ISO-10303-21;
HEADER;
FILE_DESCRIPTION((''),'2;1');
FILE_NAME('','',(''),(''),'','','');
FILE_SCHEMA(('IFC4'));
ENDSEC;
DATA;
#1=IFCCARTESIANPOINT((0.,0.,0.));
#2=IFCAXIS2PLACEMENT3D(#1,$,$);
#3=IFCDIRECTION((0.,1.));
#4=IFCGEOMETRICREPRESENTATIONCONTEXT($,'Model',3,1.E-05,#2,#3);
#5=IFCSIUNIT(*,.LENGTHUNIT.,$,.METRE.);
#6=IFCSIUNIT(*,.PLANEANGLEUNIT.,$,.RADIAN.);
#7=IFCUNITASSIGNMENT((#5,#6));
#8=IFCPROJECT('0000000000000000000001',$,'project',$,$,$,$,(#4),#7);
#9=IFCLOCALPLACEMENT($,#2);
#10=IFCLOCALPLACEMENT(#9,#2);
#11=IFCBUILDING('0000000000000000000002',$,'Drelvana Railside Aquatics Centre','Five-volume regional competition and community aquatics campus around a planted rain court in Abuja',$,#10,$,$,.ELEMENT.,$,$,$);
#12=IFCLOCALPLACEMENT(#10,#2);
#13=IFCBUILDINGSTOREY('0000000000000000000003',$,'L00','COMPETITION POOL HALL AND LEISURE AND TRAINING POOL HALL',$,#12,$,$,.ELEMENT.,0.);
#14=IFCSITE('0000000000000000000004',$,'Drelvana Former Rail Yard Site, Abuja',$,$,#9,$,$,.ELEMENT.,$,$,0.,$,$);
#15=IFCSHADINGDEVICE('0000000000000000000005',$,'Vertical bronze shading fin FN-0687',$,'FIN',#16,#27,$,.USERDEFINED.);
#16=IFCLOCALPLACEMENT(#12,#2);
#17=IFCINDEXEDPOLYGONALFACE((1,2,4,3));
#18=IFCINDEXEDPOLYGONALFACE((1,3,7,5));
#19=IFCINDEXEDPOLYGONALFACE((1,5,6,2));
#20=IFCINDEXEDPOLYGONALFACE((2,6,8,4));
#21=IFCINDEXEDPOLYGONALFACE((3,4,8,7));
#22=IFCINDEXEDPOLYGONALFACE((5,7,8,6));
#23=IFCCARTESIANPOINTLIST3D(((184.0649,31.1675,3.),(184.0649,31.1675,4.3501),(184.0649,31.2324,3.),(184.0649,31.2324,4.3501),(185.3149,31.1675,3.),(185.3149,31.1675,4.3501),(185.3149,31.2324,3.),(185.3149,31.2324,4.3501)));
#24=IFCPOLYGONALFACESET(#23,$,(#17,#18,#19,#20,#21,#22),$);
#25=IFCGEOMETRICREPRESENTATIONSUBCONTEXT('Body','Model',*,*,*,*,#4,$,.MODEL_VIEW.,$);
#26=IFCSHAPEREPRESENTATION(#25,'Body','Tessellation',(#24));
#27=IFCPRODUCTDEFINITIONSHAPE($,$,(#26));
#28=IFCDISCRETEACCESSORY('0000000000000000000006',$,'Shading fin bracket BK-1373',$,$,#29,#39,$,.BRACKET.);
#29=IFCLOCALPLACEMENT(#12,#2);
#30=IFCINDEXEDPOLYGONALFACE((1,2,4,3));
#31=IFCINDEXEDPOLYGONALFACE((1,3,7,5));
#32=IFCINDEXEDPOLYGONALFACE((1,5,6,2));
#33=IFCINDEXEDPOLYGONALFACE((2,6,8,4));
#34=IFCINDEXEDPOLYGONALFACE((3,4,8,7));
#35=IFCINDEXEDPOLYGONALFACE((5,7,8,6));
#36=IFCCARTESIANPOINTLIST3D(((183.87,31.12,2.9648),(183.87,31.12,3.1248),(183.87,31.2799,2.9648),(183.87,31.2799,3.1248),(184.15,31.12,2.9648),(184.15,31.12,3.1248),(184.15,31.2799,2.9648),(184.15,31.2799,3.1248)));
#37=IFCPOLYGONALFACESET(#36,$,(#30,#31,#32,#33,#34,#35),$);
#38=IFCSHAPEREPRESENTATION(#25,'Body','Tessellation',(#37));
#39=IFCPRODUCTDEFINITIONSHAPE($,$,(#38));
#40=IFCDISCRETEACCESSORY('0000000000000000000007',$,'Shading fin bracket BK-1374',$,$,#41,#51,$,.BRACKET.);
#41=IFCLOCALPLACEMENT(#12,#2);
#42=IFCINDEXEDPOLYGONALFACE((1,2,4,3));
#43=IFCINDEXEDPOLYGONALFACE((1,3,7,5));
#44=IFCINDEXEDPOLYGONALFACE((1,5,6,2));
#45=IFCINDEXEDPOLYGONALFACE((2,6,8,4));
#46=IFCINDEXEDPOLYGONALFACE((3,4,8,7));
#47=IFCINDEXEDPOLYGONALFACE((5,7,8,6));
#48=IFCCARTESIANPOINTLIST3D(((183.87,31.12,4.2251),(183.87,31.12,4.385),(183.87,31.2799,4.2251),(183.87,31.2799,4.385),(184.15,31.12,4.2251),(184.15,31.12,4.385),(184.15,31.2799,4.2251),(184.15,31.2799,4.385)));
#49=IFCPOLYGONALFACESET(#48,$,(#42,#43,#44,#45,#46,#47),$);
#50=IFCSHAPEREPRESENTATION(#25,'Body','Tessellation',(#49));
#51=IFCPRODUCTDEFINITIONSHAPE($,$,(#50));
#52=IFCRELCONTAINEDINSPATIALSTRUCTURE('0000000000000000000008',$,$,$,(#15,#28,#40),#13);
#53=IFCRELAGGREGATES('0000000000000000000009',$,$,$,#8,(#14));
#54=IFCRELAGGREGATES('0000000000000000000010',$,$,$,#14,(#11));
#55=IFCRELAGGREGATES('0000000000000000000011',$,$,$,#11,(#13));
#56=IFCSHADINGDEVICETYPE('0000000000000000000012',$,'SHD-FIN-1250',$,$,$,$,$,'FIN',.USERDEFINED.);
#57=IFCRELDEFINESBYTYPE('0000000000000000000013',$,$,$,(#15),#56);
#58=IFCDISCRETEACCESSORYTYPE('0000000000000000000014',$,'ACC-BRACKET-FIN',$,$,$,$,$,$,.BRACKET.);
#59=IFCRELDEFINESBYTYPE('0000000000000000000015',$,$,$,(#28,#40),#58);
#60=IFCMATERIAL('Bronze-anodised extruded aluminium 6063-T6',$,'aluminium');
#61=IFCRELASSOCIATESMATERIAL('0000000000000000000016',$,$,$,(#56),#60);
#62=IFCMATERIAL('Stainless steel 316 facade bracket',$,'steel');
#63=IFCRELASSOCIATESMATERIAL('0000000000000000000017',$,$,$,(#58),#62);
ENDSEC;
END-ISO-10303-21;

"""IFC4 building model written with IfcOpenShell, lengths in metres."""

from ifc_helpers import new_model, si_unit, direction, frame, origin, origin_2d, place, context, subcontext, project, spatial, rectangle, extrude, material, type_object, element, save


model = new_model("IFC4")

# Units and contexts
model_context = context("Model", 3, precision=1e-05, world=origin(), true_north=direction((0.0, 1.0)))
body_context = subcontext(model_context, "Body", "Model", "MODEL_VIEW")
ifc_project = project(units=[si_unit("LENGTHUNIT", "METRE"), si_unit("PLANEANGLEUNIT", "RADIAN")], contexts=[model_context])

# Site, building, storey
site_placement = place(None, origin())
site = spatial("IfcSite", under=ifc_project, at=site_placement, Name="Drelvana Former Rail Yard Site, Abuja", CompositionType="ELEMENT", RefElevation=0.0)
building_placement = place(site_placement, origin())
building = spatial("IfcBuilding", under=site, at=building_placement, Name="Drelvana Railside Aquatics Centre", Description="Five-volume regional competition and community aquatics campus around a planted rain court in Abuja", CompositionType="ELEMENT")
storey_placement = place(building_placement, origin())
storey = spatial("IfcBuildingStorey", under=building, at=storey_placement, Name="L00", Description="COMPETITION POOL HALL AND LEISURE AND TRAINING POOL HALL", CompositionType="ELEMENT", Elevation=0.0)

# Shared definitions
ifc_material_1 = material(Name="Bronze-anodised extruded aluminium 6063-T6", Category="aluminium")

# Shading device
shading_device_type = type_object("IfcShadingDeviceType", Name="SHD-FIN-1250", ElementType="FIN", PredefinedType="USERDEFINED", material=ifc_material_1)
for number, where, z_axis, x_axis, name in (
    (1, (184.6899, 31.2, 3.0), (0.0, 0.0, 1.0), (1.0, 0.0, 0.0), "Vertical bronze shading fin FN-0687"),
):
    element("IfcShadingDevice", number, at=place(storey_placement, frame(where, z_axis=z_axis, x_axis=x_axis)), inside=storey, type_object=shading_device_type, Name=name, ObjectType="FIN", PredefinedType="USERDEFINED", context=body_context, shape_type="SweptSolid", body=[
        extrude(rectangle(XDim=1.25, YDim=0.0649, at=origin_2d()), origin(), (0.0, 0.0, 1.0), 1.3501),
    ])

# Discrete accessories
ifc_material_2 = material(Name="Stainless steel 316 facade bracket", Category="steel")
discrete_accessory_type = type_object("IfcDiscreteAccessoryType", Name="ACC-BRACKET-FIN", PredefinedType="BRACKET", material=ifc_material_2)
for number, where, z_axis, x_axis, name in (
    (2, (184.01, 31.2, 2.9648), (0.0, 0.0, 1.0), (1.0, 0.0, 0.0), "Shading fin bracket BK-1373"),
    (3, (184.01, 31.2, 4.2251), (0.0, 0.0, 1.0), (1.0, 0.0, 0.0), "Shading fin bracket BK-1374"),
):
    element("IfcDiscreteAccessory", number, at=place(storey_placement, frame(where, z_axis=z_axis, x_axis=x_axis)), inside=storey, type_object=discrete_accessory_type, Name=name, PredefinedType="BRACKET", context=body_context, shape_type="SweptSolid", body=[
        extrude(rectangle(XDim=0.28, YDim=0.1599, at=origin_2d()), origin(), (0.0, 0.0, 1.0), 0.1599),
    ])

save(model, "model.ifc")
